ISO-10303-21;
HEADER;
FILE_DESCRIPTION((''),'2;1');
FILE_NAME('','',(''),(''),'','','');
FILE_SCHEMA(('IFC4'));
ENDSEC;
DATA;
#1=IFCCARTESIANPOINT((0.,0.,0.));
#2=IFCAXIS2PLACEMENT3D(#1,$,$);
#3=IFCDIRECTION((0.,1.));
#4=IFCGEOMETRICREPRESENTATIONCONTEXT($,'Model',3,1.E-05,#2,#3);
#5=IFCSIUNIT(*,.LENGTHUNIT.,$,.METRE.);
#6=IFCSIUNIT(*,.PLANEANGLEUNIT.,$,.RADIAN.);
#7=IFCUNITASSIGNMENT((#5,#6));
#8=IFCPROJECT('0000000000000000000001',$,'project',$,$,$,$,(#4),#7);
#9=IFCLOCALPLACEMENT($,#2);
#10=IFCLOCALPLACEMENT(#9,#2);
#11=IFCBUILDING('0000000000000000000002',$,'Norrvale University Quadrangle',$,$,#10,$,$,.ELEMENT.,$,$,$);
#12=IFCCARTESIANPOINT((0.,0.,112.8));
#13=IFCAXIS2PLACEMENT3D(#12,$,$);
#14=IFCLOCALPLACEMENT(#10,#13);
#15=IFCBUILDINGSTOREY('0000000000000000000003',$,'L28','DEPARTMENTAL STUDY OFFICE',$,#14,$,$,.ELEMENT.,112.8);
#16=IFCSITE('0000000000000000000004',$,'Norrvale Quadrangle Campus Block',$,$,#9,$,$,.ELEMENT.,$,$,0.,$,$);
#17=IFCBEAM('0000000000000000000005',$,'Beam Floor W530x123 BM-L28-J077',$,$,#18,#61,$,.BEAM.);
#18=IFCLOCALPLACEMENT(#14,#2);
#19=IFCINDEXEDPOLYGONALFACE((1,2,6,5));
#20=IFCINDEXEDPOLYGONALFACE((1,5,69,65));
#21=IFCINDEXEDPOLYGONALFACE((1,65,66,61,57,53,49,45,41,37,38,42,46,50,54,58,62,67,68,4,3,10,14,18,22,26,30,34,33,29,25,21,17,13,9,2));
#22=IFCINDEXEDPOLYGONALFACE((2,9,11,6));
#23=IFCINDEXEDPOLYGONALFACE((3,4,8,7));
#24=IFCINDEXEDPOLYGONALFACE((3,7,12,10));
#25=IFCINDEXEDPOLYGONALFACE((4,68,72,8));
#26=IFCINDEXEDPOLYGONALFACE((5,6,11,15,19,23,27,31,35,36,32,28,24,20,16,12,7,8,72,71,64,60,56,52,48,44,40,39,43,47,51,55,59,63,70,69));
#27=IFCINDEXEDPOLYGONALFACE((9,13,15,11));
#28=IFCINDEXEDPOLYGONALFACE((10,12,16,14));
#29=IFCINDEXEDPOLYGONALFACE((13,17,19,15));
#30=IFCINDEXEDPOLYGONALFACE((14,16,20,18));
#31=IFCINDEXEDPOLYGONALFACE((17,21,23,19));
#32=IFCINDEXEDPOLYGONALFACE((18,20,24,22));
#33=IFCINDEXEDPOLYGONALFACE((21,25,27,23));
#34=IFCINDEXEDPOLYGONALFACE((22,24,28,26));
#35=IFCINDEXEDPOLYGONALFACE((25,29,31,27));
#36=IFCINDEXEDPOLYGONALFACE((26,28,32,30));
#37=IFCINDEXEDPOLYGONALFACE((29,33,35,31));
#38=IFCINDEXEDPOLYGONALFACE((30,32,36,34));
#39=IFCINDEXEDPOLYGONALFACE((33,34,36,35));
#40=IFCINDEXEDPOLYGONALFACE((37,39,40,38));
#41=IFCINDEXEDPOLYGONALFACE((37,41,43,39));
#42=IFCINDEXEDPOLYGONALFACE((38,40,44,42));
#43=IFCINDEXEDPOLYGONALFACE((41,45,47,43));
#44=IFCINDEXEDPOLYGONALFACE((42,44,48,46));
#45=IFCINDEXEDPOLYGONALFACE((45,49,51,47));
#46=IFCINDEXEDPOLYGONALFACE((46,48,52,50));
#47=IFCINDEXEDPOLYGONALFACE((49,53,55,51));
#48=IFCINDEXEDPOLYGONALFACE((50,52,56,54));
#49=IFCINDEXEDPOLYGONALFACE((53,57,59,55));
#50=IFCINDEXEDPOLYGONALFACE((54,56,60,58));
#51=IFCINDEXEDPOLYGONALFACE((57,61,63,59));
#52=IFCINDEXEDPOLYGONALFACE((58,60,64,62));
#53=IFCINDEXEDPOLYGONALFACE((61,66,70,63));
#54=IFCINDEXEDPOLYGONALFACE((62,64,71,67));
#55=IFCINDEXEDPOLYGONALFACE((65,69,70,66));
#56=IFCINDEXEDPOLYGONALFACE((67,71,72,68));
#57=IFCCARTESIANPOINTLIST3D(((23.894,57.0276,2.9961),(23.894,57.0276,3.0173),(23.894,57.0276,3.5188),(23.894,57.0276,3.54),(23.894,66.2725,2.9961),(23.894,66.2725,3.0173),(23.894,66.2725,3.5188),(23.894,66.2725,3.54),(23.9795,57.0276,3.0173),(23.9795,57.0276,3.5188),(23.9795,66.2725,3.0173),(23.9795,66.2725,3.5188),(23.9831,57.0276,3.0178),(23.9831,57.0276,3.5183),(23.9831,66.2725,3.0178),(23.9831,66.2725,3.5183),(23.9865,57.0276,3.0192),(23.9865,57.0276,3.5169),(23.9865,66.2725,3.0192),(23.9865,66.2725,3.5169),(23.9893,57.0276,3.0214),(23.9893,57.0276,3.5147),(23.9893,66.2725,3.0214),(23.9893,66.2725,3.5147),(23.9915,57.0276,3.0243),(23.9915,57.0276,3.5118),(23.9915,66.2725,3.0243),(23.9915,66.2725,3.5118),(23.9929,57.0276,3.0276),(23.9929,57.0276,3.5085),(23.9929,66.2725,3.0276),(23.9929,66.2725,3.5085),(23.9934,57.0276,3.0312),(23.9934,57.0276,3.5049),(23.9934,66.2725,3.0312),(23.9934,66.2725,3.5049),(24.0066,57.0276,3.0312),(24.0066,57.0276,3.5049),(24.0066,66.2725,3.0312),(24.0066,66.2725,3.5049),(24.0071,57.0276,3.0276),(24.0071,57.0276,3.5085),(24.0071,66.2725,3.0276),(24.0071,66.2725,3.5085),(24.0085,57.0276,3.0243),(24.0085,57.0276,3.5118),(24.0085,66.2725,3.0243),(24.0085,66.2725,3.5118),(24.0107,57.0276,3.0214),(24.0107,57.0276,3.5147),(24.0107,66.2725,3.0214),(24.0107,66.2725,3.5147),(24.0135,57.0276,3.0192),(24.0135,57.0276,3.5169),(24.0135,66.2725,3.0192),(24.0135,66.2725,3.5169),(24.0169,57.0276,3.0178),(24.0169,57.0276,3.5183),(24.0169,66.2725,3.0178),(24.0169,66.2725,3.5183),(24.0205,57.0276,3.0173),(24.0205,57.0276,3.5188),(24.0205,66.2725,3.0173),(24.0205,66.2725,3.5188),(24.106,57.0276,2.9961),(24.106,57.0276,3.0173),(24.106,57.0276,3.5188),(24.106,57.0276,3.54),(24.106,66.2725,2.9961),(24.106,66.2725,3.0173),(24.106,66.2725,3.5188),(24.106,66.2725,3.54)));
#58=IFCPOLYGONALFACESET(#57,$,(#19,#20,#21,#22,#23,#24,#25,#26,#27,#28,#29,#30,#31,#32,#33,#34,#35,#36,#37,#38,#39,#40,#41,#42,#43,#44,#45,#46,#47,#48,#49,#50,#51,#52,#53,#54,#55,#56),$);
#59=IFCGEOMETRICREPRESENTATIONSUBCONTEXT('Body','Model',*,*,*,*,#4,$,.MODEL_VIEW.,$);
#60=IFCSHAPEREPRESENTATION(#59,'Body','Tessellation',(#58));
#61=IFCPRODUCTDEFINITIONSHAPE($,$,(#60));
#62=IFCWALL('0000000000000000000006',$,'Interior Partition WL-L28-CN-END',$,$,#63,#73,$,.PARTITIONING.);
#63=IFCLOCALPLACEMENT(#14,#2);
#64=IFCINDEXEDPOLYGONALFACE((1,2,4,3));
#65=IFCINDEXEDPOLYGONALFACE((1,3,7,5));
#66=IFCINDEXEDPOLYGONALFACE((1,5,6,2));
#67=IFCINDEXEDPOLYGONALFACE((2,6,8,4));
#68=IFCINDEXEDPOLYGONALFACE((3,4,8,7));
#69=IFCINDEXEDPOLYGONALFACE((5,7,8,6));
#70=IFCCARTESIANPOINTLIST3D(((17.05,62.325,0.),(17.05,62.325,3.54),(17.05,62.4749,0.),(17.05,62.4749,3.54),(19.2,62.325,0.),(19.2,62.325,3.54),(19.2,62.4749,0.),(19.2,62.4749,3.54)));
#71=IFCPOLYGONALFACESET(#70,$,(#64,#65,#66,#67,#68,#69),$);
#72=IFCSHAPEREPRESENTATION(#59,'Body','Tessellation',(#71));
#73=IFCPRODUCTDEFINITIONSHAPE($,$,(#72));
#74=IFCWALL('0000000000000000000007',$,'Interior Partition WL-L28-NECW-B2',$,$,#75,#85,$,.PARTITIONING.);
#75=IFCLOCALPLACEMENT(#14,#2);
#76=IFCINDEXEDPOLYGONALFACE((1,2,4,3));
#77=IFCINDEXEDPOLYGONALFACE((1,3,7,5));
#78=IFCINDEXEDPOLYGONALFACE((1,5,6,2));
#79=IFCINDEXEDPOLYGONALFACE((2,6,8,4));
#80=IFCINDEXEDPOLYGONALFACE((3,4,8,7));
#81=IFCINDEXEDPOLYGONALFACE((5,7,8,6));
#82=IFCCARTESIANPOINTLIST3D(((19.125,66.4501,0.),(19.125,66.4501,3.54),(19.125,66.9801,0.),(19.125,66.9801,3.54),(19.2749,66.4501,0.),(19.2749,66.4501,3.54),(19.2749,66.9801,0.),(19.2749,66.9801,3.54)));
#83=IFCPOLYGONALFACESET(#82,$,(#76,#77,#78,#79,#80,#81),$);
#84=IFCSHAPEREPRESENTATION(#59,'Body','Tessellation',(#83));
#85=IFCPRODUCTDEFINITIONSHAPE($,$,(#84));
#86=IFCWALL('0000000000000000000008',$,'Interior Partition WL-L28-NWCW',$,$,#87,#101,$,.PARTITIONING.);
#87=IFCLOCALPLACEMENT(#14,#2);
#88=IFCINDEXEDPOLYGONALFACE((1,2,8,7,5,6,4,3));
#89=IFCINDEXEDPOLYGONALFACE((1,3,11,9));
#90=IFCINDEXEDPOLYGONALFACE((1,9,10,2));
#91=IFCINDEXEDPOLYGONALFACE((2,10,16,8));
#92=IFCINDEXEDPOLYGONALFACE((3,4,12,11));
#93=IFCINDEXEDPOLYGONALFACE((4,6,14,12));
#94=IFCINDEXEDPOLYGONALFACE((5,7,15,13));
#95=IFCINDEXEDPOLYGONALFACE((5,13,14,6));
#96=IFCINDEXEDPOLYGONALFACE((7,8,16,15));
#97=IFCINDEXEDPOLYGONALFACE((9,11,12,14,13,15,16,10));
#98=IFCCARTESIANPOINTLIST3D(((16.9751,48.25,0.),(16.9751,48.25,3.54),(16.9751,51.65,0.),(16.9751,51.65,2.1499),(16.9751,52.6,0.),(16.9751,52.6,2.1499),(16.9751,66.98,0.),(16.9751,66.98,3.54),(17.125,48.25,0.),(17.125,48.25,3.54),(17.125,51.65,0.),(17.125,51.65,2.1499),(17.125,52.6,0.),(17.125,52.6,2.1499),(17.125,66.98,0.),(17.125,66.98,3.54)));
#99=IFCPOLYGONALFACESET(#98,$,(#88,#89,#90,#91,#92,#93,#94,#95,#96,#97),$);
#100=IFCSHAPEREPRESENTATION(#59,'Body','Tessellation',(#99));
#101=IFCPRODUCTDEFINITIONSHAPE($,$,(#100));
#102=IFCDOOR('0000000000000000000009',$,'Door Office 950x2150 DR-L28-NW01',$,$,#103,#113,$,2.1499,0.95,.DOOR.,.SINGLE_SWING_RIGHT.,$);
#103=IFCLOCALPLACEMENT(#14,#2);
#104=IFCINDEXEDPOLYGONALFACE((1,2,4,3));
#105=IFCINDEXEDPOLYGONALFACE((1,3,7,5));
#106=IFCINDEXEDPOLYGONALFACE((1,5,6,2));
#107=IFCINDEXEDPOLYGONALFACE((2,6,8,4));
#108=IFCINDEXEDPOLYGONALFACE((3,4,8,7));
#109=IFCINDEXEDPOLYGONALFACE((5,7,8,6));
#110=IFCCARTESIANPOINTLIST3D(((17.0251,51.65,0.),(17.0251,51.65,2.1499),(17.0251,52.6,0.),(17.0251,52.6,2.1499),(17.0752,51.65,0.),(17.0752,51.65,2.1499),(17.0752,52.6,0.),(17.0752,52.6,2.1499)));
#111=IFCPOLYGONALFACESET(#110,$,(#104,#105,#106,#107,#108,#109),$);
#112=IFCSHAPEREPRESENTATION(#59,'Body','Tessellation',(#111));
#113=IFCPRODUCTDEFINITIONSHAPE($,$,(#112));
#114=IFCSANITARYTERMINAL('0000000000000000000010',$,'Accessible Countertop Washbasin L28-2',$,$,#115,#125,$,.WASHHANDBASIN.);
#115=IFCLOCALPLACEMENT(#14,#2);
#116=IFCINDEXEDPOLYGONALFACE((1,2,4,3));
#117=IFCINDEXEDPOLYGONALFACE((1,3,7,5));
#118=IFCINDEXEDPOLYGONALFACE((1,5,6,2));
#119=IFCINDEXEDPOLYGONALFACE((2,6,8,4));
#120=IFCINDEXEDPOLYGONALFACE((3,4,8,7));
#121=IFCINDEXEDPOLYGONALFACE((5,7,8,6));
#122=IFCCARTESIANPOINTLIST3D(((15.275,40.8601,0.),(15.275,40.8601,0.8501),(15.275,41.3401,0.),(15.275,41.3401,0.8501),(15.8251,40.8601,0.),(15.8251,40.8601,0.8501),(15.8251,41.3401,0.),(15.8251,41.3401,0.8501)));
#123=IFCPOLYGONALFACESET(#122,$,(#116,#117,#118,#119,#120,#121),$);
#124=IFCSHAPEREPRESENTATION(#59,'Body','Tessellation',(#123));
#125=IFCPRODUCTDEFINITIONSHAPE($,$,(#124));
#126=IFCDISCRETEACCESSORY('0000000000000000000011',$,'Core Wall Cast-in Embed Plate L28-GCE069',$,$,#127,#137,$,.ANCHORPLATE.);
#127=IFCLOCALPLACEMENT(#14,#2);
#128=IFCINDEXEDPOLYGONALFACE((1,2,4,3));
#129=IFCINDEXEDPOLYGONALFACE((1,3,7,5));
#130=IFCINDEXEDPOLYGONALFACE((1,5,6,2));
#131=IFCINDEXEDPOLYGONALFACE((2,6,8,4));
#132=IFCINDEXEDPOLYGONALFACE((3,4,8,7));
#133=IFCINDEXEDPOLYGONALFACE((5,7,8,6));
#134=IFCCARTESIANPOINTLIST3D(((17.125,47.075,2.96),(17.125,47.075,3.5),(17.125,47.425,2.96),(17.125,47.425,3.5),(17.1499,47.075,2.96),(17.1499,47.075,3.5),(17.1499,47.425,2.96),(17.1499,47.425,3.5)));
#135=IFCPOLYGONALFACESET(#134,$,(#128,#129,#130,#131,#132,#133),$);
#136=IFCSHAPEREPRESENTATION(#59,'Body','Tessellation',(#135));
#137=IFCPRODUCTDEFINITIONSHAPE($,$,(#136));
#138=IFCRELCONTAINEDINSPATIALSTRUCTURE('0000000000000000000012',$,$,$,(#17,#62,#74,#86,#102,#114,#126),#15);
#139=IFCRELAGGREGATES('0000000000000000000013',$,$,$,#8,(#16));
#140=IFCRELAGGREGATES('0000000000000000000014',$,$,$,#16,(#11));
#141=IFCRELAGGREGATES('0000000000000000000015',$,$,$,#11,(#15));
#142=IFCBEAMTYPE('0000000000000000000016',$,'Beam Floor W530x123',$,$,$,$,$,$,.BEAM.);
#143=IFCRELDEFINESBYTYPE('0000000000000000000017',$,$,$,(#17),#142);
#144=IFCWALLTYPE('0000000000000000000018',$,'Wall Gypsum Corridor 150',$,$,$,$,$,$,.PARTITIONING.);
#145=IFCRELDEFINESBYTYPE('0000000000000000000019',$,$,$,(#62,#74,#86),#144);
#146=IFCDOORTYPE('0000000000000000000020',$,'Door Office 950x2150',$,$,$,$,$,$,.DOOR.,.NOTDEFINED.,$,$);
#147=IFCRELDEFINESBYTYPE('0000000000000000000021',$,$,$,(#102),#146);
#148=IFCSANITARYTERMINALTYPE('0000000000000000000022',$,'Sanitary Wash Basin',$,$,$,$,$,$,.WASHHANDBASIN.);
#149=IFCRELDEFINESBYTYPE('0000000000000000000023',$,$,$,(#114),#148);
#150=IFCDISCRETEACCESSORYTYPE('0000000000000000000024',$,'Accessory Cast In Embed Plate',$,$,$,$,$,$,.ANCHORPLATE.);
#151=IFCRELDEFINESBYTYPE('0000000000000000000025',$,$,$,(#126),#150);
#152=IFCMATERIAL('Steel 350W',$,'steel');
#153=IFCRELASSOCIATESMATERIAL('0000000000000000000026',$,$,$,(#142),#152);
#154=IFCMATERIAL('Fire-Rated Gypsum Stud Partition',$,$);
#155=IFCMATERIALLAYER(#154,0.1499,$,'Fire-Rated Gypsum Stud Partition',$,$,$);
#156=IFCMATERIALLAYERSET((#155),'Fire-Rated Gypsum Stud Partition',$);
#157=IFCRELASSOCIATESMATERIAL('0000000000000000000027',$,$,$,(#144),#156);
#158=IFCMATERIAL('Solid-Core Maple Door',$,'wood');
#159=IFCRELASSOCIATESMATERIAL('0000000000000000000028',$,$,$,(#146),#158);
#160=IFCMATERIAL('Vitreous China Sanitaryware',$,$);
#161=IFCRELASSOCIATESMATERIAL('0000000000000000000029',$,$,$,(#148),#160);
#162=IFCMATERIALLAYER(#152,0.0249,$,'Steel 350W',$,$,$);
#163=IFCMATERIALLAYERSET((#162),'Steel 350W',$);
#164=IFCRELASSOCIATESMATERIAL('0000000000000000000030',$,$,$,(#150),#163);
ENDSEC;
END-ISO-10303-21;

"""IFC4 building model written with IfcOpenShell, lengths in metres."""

from ifc_helpers import new_model, si_unit, direction, frame, frame_2d, origin, origin_2d, place, context, subcontext, project, spatial, rectangle, i_section, extrude, material, layer, layer_set, material_profile, profile_set, type_object, element, fill, save


model = new_model("IFC4")

# Units and contexts
model_context = context("Model", 3, precision=1e-05, world=origin(), true_north=direction((0.0, 1.0)))
body_context = subcontext(model_context, "Body", "Model", "MODEL_VIEW")
ifc_project = project(units=[si_unit("LENGTHUNIT", "METRE"), si_unit("PLANEANGLEUNIT", "RADIAN")], contexts=[model_context])

# Site, building, storey
site_placement = place(None, origin())
site = spatial("IfcSite", under=ifc_project, at=site_placement, Name="Norrvale Quadrangle Campus Block", CompositionType="ELEMENT", RefElevation=0.0)
building_placement = place(site_placement, origin())
building = spatial("IfcBuilding", under=site, at=building_placement, Name="Norrvale University Quadrangle", CompositionType="ELEMENT")
storey_placement = place(building_placement, frame((0.0, 0.0, 112.8)))
storey = spatial("IfcBuildingStorey", under=building, at=storey_placement, Name="L28", Description="DEPARTMENTAL STUDY OFFICE", CompositionType="ELEMENT", Elevation=112.8)

# Beam
ifc_material_1 = material(Name="Steel 350W", Category="steel")
ifc_material_profile_1 = material_profile(ifc_material_1, i_section(OverallWidth=0.2119, OverallDepth=0.5439, WebThickness=0.0132, FlangeThickness=0.0212, FilletRadius=0.0139, at=origin_2d()), Name="Steel 350W")
ifc_profile_set_1 = profile_set([ifc_material_profile_1], Name="Steel 350W")
beam_type_1 = type_object("IfcBeamType", Name="Beam Floor W530x123", PredefinedType="BEAM", material=ifc_profile_set_1)
beam_1_placement = place(storey_placement, frame((24.0, 57.0276, 3.2681), z_axis=(0.0, 1.0, 0.0), x_axis=(-1.0, 0.0, 0.0)))
element("IfcBeam", 1, at=beam_1_placement, inside=storey, type_object=beam_type_1, Name="Beam Floor W530x123 BM-L28-J077", PredefinedType="BEAM", context=body_context, shape_type="SweptSolid", body=[
    extrude(i_section(OverallWidth=0.2119, OverallDepth=0.5439, WebThickness=0.0132, FlangeThickness=0.0212, FilletRadius=0.0139, at=origin_2d()), origin(), (0.0, 0.0, 1.0), 9.2449),
])

# Walls
ifc_material_2 = material(Name="Fire-Rated Gypsum Stud Partition")
ifc_layer_1 = layer(ifc_material_2, 0.1499, Name="Fire-Rated Gypsum Stud Partition")
ifc_layer_set_1 = layer_set([ifc_layer_1], Name="Fire-Rated Gypsum Stud Partition")
wall_type = type_object("IfcWallType", Name="Wall Gypsum Corridor 150", PredefinedType="PARTITIONING", material=ifc_layer_set_1)
wall_1_placement = place(storey_placement, frame((17.05, 62.3999, 0.0), z_axis=(0.0, 0.0, 1.0), x_axis=(1.0, 0.0, 0.0)))
element("IfcWall", 2, at=wall_1_placement, inside=storey, type_object=wall_type, Name="Interior Partition WL-L28-CN-END", PredefinedType="PARTITIONING", context=body_context, shape_type="SweptSolid", body=[
    extrude(rectangle(XDim=2.1499, YDim=0.1499, at=frame_2d((1.075, 0.0))), origin(), (0.0, 0.0, 1.0), 3.54),
])
wall_2_placement = place(storey_placement, frame((19.2, 66.45, 0.0), z_axis=(0.0, 0.0, 1.0), x_axis=(0.0, 1.0, 0.0)))
element("IfcWall", 3, at=wall_2_placement, inside=storey, type_object=wall_type, Name="Interior Partition WL-L28-NECW-B2", PredefinedType="PARTITIONING", context=body_context, shape_type="SweptSolid", body=[
    extrude(rectangle(XDim=0.53, YDim=0.1499, at=frame_2d((0.2651, 0.0))), origin(), (0.0, 0.0, 1.0), 3.54),
])

# Wall, opening, door
wall_3_placement = place(storey_placement, frame((17.05, 48.25, 0.0), z_axis=(0.0, 0.0, 1.0), x_axis=(0.0, 1.0, 0.0)))
wall_3 = element("IfcWall", 4, at=wall_3_placement, inside=storey, type_object=wall_type, Name="Interior Partition WL-L28-NWCW", PredefinedType="PARTITIONING", context=body_context, shape_type="SweptSolid", body=[
    extrude(rectangle(XDim=18.73, YDim=0.1499, at=frame_2d((9.365, 0.0))), origin(), (0.0, 0.0, 1.0), 3.54),
])
opening_placement = place(wall_3_placement, frame((3.3999, 0.0, 0.0)))
opening = element("IfcOpeningElement", 5, at=opening_placement, cuts=wall_3, PredefinedType="OPENING", context=body_context, shape_type="SweptSolid", body=[
    extrude(rectangle(XDim=0.95, YDim=2.1499, at=frame_2d((0.4751, 1.075))), frame((0.0, 0.0869, 0.0), z_axis=(0.0, -1.0, 0.0), x_axis=(1.0, 0.0, 0.0)), (0.0, 0.0, 1.0), 0.1738),
])
ifc_material_3 = material(Name="Solid-Core Maple Door", Category="wood")
door_type = type_object("IfcDoorType", Name="Door Office 950x2150", OperationType="NOTDEFINED", PredefinedType="DOOR", material=ifc_material_3)
door_placement = place(opening_placement, origin())
door = element("IfcDoor", 6, at=door_placement, inside=storey, type_object=door_type, Name="Door Office 950x2150 DR-L28-NW01", OperationType="SINGLE_SWING_RIGHT", OverallHeight=2.1499, OverallWidth=0.95, PredefinedType="DOOR", context=body_context, shape_type="SweptSolid", body=[
    extrude(rectangle(XDim=0.95, YDim=2.1499, at=frame_2d((0.4751, 1.075))), frame((0.0, 0.0249, 0.0), z_axis=(0.0, -1.0, 0.0), x_axis=(1.0, 0.0, 0.0)), (0.0, 0.0, 1.0), 0.05),
])
fill(opening, door)

# Sanitary terminal
ifc_material_4 = material(Name="Vitreous China Sanitaryware")
sanitary_terminal_type = type_object("IfcSanitaryTerminalType", Name="Sanitary Wash Basin", PredefinedType="WASHHANDBASIN", material=ifc_material_4)
sanitary_terminal_placement = place(storey_placement, frame((15.55, 41.1001, 0.0), z_axis=(0.0, 0.0, 1.0), x_axis=(1.0, 0.0, 0.0)))
element("IfcSanitaryTerminal", 7, at=sanitary_terminal_placement, inside=storey, type_object=sanitary_terminal_type, Name="Accessible Countertop Washbasin L28-2", PredefinedType="WASHHANDBASIN", context=body_context, shape_type="SweptSolid", body=[
    extrude(rectangle(XDim=0.55, YDim=0.48, at=origin_2d()), origin(), (0.0, 0.0, 1.0), 0.8501),
])

# Discrete accessory
ifc_layer_2 = layer(ifc_material_1, 0.0249, Name="Steel 350W")
ifc_layer_set_2 = layer_set([ifc_layer_2], Name="Steel 350W")
discrete_accessory_type = type_object("IfcDiscreteAccessoryType", Name="Accessory Cast In Embed Plate", PredefinedType="ANCHORPLATE", material=ifc_layer_set_2)
discrete_accessory_placement = place(storey_placement, frame((17.1375, 47.25, 2.96), z_axis=(0.0, 0.0, 1.0), x_axis=(1.0, 0.0, 0.0)))
element("IfcDiscreteAccessory", 8, at=discrete_accessory_placement, inside=storey, type_object=discrete_accessory_type, Name="Core Wall Cast-in Embed Plate L28-GCE069", PredefinedType="ANCHORPLATE", context=body_context, shape_type="SweptSolid", body=[
    extrude(rectangle(XDim=0.0249, YDim=0.3501, at=origin_2d()), origin(), (0.0, 0.0, 1.0), 0.54),
])

save(model, "model.ifc")
